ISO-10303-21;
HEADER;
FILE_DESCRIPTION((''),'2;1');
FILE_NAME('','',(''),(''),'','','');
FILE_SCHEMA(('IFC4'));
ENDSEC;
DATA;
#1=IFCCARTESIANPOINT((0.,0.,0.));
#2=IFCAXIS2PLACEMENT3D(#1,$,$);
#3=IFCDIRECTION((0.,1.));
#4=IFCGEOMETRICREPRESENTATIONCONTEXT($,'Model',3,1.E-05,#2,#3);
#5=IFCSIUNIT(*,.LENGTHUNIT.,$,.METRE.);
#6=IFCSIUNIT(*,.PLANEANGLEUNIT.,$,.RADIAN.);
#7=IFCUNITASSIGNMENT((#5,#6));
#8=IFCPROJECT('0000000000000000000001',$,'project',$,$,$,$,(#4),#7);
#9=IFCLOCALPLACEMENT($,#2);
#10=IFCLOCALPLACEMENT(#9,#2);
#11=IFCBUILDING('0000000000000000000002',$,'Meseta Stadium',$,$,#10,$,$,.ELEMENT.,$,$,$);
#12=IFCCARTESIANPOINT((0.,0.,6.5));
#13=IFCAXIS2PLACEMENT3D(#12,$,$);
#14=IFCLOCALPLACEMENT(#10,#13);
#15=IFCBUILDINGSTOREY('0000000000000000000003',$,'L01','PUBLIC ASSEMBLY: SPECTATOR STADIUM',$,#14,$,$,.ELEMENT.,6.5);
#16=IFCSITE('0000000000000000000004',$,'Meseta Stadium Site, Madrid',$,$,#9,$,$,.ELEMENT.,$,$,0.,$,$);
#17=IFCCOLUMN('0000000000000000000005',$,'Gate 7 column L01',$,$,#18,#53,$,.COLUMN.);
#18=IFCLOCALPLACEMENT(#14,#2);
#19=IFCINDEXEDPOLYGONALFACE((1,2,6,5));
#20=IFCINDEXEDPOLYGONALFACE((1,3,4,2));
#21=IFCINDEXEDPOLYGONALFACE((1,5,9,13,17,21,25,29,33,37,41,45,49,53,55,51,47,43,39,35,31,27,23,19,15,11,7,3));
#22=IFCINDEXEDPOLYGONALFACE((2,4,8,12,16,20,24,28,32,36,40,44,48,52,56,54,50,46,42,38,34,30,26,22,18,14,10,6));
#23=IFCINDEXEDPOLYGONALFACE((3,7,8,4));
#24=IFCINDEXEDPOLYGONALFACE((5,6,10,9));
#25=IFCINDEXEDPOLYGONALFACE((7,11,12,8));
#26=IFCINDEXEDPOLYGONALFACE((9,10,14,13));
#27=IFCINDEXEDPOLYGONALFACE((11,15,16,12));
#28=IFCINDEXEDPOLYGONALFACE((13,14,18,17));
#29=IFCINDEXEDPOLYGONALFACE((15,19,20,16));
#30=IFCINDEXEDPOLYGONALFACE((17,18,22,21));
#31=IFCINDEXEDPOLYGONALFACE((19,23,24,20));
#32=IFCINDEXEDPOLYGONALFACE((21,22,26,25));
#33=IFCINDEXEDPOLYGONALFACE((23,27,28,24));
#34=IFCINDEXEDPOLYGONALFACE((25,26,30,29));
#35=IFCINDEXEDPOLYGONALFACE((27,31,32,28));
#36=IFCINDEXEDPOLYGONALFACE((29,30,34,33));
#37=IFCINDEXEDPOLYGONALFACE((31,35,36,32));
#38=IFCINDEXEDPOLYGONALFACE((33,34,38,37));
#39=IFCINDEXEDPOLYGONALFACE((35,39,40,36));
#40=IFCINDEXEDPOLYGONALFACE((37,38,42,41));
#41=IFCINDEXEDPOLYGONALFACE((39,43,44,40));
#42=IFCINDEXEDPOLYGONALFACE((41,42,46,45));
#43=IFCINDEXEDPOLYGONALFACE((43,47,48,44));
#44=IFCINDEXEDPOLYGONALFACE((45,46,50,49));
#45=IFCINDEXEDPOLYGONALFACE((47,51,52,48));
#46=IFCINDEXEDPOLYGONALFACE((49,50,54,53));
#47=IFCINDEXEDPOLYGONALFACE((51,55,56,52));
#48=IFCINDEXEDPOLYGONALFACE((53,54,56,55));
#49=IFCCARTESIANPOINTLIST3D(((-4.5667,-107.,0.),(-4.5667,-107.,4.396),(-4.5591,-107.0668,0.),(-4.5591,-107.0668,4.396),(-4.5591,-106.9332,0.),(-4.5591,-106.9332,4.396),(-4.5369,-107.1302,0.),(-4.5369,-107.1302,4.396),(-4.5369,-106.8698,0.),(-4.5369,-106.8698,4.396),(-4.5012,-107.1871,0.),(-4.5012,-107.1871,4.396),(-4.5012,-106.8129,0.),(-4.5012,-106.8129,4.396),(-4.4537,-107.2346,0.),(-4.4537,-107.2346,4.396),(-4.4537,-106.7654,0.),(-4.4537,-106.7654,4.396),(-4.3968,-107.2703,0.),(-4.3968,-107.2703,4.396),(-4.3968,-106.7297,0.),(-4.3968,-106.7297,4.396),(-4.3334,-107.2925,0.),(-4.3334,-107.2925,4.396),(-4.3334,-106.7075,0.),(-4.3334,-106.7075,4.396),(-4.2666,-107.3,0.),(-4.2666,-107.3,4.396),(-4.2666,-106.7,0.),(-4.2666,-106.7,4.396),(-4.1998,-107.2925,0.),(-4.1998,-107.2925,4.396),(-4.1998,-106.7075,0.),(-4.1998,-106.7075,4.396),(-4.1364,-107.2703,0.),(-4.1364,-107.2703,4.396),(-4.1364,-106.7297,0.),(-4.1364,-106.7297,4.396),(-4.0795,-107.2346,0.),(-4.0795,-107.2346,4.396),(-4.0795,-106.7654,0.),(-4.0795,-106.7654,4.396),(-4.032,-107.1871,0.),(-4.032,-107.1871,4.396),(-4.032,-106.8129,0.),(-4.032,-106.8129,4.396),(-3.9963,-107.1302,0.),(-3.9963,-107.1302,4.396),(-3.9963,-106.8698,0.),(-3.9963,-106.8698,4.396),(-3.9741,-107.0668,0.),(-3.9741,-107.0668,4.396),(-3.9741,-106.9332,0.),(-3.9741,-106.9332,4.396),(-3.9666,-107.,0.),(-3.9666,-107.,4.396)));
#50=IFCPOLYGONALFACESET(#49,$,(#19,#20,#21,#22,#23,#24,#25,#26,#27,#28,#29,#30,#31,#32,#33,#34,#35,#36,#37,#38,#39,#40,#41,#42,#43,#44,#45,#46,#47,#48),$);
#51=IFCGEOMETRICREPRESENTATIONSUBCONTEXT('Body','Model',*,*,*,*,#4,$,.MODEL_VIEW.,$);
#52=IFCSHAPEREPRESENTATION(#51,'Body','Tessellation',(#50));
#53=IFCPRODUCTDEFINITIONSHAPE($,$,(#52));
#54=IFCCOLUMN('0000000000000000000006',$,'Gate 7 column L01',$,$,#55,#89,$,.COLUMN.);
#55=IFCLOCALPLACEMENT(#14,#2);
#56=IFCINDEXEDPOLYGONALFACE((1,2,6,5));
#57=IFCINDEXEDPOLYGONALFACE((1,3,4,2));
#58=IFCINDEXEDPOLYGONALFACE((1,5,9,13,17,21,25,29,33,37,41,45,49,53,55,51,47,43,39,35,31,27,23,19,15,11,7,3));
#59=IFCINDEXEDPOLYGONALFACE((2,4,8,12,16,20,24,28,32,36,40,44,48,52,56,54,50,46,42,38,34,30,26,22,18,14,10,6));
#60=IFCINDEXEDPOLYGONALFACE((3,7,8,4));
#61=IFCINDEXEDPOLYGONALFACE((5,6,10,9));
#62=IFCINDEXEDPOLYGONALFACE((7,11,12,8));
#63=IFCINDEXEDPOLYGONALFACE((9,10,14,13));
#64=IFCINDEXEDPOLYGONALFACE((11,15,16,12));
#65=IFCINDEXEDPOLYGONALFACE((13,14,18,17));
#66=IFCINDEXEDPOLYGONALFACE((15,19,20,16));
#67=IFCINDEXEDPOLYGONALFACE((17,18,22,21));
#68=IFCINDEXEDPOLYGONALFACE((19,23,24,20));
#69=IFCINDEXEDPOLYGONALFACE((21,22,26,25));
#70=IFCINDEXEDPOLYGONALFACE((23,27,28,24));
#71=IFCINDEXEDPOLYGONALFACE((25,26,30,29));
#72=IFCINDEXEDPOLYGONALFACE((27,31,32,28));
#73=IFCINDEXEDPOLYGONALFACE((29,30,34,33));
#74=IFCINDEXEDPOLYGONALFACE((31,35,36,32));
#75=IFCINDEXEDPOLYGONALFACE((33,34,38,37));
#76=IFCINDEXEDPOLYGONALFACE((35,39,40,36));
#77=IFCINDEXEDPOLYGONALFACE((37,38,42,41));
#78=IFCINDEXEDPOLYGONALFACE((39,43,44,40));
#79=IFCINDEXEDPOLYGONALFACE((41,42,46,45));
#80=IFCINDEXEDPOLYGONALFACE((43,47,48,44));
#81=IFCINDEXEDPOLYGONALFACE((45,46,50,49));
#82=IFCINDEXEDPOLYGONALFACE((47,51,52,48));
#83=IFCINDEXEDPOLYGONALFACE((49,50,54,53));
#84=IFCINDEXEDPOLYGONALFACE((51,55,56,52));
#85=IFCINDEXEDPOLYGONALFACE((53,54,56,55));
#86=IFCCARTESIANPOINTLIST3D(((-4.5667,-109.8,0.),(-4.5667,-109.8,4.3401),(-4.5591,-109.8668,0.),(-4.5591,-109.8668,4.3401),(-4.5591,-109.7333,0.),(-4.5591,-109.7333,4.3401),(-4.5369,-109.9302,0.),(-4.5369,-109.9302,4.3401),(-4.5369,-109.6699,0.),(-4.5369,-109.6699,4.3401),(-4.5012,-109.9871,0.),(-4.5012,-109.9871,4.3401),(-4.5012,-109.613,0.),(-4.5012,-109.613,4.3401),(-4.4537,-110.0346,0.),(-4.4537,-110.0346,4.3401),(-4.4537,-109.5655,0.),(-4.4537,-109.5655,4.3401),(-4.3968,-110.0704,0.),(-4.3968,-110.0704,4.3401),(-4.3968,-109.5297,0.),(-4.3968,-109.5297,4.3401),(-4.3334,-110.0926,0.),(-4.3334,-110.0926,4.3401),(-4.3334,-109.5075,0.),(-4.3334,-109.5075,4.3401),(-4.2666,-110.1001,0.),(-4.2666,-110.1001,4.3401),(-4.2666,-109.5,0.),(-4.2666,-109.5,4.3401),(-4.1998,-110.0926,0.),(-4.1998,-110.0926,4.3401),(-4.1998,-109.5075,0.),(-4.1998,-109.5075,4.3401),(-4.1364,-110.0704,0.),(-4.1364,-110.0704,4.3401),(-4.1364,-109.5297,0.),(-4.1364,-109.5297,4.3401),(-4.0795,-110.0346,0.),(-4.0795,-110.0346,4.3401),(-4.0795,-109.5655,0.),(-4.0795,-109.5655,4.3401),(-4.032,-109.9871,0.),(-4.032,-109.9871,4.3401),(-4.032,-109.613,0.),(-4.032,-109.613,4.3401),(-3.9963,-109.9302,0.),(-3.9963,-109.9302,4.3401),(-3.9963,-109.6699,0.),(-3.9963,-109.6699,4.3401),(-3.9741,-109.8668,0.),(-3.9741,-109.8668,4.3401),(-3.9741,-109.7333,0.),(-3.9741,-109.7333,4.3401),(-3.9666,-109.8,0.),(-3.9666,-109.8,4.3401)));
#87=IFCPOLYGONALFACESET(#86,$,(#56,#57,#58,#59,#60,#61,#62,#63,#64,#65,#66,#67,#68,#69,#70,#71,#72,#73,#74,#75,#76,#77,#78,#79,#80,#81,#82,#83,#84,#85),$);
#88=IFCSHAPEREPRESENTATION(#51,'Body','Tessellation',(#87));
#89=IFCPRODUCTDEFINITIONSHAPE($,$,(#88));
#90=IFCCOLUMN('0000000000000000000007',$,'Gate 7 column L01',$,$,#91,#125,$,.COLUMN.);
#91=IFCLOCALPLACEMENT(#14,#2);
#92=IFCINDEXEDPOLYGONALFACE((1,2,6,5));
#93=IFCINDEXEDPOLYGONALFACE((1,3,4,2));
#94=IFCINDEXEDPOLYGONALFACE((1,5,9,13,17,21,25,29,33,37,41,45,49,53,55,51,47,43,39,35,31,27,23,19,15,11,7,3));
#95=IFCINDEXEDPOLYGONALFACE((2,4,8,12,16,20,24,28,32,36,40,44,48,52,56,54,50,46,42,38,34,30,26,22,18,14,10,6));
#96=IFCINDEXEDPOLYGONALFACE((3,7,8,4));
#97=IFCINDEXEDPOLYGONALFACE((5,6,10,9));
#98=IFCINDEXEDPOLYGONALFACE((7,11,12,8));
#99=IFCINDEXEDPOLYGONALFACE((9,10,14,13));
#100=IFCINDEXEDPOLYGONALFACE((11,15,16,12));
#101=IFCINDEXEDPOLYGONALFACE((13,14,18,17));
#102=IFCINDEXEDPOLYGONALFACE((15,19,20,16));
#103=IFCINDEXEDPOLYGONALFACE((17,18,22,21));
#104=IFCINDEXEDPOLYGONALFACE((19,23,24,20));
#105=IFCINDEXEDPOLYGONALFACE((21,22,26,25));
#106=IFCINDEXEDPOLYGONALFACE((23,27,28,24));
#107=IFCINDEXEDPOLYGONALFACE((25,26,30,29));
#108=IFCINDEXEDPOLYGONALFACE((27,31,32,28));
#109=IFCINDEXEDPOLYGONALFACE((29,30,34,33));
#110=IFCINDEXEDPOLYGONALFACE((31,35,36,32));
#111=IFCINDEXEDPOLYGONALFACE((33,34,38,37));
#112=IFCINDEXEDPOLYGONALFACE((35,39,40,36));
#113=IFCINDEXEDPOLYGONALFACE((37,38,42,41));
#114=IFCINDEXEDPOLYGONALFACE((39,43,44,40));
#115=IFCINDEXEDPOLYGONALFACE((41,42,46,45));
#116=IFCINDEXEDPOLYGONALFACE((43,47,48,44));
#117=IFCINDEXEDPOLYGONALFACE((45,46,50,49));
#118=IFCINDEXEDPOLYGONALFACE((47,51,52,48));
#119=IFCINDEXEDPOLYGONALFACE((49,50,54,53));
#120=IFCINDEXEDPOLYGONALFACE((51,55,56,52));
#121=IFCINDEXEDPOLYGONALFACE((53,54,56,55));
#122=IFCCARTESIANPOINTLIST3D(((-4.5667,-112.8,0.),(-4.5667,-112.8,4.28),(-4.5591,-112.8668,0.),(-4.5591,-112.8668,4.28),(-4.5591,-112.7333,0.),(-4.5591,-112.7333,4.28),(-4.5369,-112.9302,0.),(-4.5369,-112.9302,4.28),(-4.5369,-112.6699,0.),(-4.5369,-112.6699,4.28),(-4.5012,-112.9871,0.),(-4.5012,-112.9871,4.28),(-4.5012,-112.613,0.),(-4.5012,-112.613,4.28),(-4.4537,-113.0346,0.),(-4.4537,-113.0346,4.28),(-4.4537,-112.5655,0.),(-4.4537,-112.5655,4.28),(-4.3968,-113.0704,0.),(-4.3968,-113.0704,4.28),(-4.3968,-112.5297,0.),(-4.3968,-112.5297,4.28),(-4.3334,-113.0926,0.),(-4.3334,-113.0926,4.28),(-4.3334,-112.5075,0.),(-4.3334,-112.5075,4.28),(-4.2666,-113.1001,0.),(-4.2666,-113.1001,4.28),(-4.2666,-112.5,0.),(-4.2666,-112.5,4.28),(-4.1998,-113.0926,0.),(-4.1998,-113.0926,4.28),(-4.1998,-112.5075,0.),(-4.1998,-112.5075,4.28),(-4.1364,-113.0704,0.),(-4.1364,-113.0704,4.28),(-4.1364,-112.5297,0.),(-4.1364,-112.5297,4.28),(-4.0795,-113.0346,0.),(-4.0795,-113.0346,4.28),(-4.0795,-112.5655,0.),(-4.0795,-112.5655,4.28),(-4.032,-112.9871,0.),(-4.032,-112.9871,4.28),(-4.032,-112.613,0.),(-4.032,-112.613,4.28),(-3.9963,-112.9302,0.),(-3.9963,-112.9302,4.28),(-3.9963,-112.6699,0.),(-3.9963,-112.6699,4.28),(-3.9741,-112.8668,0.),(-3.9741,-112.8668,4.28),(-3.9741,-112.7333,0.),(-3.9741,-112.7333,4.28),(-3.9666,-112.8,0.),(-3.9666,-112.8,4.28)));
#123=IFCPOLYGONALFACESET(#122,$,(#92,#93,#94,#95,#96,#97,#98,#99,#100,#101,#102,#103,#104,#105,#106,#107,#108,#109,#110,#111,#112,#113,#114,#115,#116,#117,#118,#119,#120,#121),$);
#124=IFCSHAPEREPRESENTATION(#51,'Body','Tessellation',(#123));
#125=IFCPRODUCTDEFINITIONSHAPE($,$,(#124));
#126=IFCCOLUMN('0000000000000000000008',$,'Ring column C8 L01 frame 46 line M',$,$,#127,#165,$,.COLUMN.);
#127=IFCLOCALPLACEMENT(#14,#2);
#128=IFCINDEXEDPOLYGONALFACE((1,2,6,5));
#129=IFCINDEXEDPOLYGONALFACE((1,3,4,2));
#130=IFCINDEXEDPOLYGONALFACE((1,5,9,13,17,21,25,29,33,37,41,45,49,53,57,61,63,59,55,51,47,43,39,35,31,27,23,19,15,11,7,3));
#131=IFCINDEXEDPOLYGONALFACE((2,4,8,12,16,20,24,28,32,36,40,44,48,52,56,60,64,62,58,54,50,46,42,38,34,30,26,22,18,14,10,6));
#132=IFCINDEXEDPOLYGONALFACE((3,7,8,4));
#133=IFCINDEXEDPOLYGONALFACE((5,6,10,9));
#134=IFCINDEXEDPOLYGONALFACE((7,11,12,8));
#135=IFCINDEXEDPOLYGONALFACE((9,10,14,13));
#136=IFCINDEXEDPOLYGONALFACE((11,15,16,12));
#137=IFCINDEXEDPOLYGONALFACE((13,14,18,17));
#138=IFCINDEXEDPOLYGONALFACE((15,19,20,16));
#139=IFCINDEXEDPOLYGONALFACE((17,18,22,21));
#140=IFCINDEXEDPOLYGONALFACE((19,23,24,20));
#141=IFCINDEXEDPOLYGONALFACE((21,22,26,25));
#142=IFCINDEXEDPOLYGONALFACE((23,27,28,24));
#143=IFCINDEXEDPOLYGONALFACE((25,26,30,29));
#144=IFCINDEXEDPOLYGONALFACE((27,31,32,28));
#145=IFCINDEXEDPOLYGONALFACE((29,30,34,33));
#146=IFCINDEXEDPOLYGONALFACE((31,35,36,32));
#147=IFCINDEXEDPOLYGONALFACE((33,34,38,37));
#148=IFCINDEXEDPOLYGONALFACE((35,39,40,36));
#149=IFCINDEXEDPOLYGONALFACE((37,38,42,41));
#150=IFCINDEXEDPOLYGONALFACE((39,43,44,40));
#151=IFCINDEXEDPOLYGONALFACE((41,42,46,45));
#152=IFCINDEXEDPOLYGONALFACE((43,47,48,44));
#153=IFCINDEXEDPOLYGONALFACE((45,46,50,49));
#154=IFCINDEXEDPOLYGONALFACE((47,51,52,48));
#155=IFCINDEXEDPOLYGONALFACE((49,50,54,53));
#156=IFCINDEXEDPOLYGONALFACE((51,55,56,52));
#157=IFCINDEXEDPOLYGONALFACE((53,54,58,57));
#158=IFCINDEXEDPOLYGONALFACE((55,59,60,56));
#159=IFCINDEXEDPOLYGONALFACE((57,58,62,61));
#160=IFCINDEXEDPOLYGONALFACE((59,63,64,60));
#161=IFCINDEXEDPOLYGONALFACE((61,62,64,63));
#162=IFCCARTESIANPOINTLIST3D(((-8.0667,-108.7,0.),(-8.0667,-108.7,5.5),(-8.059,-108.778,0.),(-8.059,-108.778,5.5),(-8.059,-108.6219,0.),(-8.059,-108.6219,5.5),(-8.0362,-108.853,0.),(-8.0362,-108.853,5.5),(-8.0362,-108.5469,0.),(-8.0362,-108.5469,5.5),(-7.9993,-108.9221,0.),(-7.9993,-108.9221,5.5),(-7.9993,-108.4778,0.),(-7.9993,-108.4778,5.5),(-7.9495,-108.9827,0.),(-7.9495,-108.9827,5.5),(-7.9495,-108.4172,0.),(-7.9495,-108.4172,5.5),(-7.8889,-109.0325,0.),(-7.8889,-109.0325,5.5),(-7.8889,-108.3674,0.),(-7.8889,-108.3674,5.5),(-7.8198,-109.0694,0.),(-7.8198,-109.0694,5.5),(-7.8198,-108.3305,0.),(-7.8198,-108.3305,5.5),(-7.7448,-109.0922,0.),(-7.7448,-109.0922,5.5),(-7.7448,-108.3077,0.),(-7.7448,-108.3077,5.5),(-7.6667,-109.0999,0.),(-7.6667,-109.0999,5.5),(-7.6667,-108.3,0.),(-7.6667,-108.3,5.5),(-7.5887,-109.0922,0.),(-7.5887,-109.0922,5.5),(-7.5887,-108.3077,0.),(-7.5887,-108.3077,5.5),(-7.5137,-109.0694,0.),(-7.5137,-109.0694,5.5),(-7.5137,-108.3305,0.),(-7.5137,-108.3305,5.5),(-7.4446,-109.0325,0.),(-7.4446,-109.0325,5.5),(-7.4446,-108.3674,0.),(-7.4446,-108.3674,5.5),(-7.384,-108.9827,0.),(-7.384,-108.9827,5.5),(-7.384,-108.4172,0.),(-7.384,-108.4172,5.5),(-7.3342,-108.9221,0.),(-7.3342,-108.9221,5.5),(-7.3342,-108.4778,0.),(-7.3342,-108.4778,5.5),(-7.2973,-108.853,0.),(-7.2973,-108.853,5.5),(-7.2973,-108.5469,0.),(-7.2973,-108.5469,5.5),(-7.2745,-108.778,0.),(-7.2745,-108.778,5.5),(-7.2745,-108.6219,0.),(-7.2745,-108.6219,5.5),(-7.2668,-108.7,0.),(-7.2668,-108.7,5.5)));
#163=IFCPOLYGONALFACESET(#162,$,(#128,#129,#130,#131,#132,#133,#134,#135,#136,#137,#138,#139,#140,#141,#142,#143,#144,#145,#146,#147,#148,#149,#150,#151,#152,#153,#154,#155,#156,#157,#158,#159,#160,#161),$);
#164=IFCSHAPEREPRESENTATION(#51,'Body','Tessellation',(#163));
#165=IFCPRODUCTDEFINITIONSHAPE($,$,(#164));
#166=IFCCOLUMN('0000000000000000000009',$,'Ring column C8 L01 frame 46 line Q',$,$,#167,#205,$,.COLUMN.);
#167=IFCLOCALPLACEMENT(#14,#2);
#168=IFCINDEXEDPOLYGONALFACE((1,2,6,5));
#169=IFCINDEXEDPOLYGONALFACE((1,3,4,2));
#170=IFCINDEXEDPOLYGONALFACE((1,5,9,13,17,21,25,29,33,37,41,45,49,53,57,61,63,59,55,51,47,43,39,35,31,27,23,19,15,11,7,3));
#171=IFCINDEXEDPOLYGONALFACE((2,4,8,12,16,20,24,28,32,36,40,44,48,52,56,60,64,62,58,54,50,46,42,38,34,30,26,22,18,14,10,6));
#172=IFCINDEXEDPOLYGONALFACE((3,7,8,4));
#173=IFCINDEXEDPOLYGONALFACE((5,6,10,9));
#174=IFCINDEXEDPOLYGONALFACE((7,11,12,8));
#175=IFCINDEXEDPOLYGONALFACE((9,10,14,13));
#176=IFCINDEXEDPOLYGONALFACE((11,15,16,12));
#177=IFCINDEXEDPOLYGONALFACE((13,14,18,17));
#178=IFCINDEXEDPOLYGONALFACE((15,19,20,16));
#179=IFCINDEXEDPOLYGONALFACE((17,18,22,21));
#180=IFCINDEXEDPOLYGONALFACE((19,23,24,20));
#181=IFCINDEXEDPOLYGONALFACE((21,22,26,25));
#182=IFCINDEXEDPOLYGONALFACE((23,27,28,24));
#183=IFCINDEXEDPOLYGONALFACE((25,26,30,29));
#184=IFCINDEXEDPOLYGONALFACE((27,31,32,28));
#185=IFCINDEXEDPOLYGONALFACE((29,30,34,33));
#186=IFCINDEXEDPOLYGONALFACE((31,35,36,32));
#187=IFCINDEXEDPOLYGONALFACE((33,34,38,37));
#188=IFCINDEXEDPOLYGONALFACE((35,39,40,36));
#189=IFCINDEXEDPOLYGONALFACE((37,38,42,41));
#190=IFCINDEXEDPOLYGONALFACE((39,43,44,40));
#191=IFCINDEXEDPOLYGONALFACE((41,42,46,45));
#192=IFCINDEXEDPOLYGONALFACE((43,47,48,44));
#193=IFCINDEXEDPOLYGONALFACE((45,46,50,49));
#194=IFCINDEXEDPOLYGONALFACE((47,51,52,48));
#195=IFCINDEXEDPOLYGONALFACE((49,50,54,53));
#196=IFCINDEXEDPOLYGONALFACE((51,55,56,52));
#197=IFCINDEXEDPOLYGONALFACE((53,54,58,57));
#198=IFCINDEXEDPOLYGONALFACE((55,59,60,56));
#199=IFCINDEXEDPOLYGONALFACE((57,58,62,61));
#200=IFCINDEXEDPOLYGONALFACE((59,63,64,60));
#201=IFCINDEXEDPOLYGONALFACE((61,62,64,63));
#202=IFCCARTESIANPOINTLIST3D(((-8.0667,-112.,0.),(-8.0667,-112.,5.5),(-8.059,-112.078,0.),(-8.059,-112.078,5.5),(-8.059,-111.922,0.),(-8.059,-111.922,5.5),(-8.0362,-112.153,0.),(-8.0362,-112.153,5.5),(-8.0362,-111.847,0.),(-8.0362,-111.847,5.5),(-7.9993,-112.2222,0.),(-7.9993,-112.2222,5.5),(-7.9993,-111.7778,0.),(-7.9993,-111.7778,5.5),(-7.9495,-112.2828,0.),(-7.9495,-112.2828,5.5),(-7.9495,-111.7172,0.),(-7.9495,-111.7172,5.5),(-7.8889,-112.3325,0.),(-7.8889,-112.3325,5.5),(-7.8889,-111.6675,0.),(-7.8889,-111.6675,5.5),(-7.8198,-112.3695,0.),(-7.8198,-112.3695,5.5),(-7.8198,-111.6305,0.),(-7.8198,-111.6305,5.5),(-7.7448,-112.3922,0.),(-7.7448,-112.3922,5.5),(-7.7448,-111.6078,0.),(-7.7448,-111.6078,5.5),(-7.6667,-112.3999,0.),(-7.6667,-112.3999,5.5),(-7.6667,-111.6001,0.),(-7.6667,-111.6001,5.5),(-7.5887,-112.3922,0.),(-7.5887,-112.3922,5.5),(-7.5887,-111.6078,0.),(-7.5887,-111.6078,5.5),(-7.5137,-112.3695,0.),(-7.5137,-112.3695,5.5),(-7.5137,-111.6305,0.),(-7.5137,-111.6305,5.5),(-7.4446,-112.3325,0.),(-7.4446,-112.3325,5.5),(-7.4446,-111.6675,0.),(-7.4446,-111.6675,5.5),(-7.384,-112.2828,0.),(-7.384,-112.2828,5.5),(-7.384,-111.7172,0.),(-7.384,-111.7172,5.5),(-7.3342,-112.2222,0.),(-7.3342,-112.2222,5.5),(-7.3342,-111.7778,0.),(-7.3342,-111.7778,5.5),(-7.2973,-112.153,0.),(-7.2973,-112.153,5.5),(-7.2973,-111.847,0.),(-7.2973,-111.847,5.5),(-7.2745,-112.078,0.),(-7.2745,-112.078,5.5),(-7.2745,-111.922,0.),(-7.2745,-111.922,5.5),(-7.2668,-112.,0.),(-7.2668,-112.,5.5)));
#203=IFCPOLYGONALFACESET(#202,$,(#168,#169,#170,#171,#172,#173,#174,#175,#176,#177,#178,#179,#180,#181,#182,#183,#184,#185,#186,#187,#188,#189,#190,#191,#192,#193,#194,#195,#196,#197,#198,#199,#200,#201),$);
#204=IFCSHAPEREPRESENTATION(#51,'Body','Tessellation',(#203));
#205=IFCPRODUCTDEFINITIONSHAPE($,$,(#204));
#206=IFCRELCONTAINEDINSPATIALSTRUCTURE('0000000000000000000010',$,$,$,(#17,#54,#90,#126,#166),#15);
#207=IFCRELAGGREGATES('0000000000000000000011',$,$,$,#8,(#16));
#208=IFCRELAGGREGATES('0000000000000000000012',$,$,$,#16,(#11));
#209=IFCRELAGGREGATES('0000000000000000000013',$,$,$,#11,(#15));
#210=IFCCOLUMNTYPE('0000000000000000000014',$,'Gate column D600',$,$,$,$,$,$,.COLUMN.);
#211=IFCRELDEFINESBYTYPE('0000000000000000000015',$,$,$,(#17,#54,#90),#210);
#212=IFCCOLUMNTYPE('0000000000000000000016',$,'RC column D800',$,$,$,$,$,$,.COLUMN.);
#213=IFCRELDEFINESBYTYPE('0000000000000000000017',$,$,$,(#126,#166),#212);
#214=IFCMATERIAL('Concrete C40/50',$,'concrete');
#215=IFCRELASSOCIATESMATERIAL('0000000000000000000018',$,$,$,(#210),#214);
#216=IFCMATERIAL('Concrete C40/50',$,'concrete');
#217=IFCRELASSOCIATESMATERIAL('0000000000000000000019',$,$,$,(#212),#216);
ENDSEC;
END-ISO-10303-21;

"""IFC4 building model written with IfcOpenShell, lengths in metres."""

from ifc_helpers import new_model, si_unit, direction, frame, origin, origin_2d, place, context, subcontext, project, spatial, circle, extrude, material, material_profile, profile_set, type_object, element, save


model = new_model("IFC4")

# Units and contexts
model_context = context("Model", 3, precision=1e-05, world=origin(), true_north=direction((0.0, 1.0)))
body_context = subcontext(model_context, "Body", "Model", "MODEL_VIEW")
ifc_project = project(units=[si_unit("LENGTHUNIT", "METRE"), si_unit("PLANEANGLEUNIT", "RADIAN")], contexts=[model_context])

# Site, building, storey
site_placement = place(None, origin())
site = spatial("IfcSite", under=ifc_project, at=site_placement, Name="Meseta Stadium Site, Madrid", CompositionType="ELEMENT", RefElevation=0.0)
building_placement = place(site_placement, origin())
building = spatial("IfcBuilding", under=site, at=building_placement, Name="Meseta Stadium", CompositionType="ELEMENT")
storey_placement = place(building_placement, frame((0.0, 0.0, 6.5)))
storey = spatial("IfcBuildingStorey", under=building, at=storey_placement, Name="L01", Description="PUBLIC ASSEMBLY: SPECTATOR STADIUM", CompositionType="ELEMENT", Elevation=6.5)

# Columns
ifc_material_1 = material(Name="Concrete C40/50", Category="concrete")
ifc_material_profile_1 = material_profile(ifc_material_1, circle(Radius=0.3, at=origin_2d()), Name="RC D600")
ifc_profile_set_1 = profile_set([ifc_material_profile_1], Name="Concrete C40/50")
column_type_1 = type_object("IfcColumnType", Name="Gate column D600", PredefinedType="COLUMN", material=ifc_profile_set_1)
column_1_placement = place(storey_placement, frame((-4.2666, -107.0, 0.0), z_axis=(0.0, 0.0, 1.0), x_axis=(1.0, 0.0, 0.0)))
element("IfcColumn", 1, at=column_1_placement, inside=storey, type_object=column_type_1, Name="Gate 7 column L01", PredefinedType="COLUMN", context=body_context, shape_type="SweptSolid", body=[
    extrude(circle(Radius=0.3, at=origin_2d()), origin(), (0.0, 0.0, 1.0), 4.396),
])
column_2_placement = place(storey_placement, frame((-4.2666, -109.8, 0.0), z_axis=(0.0, 0.0, 1.0), x_axis=(1.0, 0.0, 0.0)))
element("IfcColumn", 2, at=column_2_placement, inside=storey, type_object=column_type_1, Name="Gate 7 column L01", PredefinedType="COLUMN", context=body_context, shape_type="SweptSolid", body=[
    extrude(circle(Radius=0.3, at=origin_2d()), origin(), (0.0, 0.0, 1.0), 4.3401),
])
column_3_placement = place(storey_placement, frame((-4.2666, -112.8, 0.0), z_axis=(0.0, 0.0, 1.0), x_axis=(1.0, 0.0, 0.0)))
element("IfcColumn", 3, at=column_3_placement, inside=storey, type_object=column_type_1, Name="Gate 7 column L01", PredefinedType="COLUMN", context=body_context, shape_type="SweptSolid", body=[
    extrude(circle(Radius=0.3, at=origin_2d()), origin(), (0.0, 0.0, 1.0), 4.28),
])
ifc_material_2 = material(Name="Concrete C40/50", Category="concrete")
ifc_material_profile_2 = material_profile(ifc_material_2, circle(Radius=0.3999, at=origin_2d()), Name="RC D800")
ifc_profile_set_2 = profile_set([ifc_material_profile_2], Name="Concrete C40/50")
column_type_2 = type_object("IfcColumnType", Name="RC column D800", PredefinedType="COLUMN", material=ifc_profile_set_2)
for number, where, z_axis, x_axis, name in (
    (4, (-7.6667, -108.7, 0.0), (0.0, 0.0, 1.0), (1.0, 0.0, 0.0), "Ring column C8 L01 frame 46 line M"),
    (5, (-7.6667, -112.0, 0.0), (0.0, 0.0, 1.0), (1.0, 0.0, 0.0), "Ring column C8 L01 frame 46 line Q"),
):
    element("IfcColumn", number, at=place(storey_placement, frame(where, z_axis=z_axis, x_axis=x_axis)), inside=storey, type_object=column_type_2, Name=name, PredefinedType="COLUMN", context=body_context, shape_type="SweptSolid", body=[
        extrude(circle(Radius=0.3999, at=origin_2d()), origin(), (0.0, 0.0, 1.0), 5.5),
    ])

save(model, "model.ifc")
